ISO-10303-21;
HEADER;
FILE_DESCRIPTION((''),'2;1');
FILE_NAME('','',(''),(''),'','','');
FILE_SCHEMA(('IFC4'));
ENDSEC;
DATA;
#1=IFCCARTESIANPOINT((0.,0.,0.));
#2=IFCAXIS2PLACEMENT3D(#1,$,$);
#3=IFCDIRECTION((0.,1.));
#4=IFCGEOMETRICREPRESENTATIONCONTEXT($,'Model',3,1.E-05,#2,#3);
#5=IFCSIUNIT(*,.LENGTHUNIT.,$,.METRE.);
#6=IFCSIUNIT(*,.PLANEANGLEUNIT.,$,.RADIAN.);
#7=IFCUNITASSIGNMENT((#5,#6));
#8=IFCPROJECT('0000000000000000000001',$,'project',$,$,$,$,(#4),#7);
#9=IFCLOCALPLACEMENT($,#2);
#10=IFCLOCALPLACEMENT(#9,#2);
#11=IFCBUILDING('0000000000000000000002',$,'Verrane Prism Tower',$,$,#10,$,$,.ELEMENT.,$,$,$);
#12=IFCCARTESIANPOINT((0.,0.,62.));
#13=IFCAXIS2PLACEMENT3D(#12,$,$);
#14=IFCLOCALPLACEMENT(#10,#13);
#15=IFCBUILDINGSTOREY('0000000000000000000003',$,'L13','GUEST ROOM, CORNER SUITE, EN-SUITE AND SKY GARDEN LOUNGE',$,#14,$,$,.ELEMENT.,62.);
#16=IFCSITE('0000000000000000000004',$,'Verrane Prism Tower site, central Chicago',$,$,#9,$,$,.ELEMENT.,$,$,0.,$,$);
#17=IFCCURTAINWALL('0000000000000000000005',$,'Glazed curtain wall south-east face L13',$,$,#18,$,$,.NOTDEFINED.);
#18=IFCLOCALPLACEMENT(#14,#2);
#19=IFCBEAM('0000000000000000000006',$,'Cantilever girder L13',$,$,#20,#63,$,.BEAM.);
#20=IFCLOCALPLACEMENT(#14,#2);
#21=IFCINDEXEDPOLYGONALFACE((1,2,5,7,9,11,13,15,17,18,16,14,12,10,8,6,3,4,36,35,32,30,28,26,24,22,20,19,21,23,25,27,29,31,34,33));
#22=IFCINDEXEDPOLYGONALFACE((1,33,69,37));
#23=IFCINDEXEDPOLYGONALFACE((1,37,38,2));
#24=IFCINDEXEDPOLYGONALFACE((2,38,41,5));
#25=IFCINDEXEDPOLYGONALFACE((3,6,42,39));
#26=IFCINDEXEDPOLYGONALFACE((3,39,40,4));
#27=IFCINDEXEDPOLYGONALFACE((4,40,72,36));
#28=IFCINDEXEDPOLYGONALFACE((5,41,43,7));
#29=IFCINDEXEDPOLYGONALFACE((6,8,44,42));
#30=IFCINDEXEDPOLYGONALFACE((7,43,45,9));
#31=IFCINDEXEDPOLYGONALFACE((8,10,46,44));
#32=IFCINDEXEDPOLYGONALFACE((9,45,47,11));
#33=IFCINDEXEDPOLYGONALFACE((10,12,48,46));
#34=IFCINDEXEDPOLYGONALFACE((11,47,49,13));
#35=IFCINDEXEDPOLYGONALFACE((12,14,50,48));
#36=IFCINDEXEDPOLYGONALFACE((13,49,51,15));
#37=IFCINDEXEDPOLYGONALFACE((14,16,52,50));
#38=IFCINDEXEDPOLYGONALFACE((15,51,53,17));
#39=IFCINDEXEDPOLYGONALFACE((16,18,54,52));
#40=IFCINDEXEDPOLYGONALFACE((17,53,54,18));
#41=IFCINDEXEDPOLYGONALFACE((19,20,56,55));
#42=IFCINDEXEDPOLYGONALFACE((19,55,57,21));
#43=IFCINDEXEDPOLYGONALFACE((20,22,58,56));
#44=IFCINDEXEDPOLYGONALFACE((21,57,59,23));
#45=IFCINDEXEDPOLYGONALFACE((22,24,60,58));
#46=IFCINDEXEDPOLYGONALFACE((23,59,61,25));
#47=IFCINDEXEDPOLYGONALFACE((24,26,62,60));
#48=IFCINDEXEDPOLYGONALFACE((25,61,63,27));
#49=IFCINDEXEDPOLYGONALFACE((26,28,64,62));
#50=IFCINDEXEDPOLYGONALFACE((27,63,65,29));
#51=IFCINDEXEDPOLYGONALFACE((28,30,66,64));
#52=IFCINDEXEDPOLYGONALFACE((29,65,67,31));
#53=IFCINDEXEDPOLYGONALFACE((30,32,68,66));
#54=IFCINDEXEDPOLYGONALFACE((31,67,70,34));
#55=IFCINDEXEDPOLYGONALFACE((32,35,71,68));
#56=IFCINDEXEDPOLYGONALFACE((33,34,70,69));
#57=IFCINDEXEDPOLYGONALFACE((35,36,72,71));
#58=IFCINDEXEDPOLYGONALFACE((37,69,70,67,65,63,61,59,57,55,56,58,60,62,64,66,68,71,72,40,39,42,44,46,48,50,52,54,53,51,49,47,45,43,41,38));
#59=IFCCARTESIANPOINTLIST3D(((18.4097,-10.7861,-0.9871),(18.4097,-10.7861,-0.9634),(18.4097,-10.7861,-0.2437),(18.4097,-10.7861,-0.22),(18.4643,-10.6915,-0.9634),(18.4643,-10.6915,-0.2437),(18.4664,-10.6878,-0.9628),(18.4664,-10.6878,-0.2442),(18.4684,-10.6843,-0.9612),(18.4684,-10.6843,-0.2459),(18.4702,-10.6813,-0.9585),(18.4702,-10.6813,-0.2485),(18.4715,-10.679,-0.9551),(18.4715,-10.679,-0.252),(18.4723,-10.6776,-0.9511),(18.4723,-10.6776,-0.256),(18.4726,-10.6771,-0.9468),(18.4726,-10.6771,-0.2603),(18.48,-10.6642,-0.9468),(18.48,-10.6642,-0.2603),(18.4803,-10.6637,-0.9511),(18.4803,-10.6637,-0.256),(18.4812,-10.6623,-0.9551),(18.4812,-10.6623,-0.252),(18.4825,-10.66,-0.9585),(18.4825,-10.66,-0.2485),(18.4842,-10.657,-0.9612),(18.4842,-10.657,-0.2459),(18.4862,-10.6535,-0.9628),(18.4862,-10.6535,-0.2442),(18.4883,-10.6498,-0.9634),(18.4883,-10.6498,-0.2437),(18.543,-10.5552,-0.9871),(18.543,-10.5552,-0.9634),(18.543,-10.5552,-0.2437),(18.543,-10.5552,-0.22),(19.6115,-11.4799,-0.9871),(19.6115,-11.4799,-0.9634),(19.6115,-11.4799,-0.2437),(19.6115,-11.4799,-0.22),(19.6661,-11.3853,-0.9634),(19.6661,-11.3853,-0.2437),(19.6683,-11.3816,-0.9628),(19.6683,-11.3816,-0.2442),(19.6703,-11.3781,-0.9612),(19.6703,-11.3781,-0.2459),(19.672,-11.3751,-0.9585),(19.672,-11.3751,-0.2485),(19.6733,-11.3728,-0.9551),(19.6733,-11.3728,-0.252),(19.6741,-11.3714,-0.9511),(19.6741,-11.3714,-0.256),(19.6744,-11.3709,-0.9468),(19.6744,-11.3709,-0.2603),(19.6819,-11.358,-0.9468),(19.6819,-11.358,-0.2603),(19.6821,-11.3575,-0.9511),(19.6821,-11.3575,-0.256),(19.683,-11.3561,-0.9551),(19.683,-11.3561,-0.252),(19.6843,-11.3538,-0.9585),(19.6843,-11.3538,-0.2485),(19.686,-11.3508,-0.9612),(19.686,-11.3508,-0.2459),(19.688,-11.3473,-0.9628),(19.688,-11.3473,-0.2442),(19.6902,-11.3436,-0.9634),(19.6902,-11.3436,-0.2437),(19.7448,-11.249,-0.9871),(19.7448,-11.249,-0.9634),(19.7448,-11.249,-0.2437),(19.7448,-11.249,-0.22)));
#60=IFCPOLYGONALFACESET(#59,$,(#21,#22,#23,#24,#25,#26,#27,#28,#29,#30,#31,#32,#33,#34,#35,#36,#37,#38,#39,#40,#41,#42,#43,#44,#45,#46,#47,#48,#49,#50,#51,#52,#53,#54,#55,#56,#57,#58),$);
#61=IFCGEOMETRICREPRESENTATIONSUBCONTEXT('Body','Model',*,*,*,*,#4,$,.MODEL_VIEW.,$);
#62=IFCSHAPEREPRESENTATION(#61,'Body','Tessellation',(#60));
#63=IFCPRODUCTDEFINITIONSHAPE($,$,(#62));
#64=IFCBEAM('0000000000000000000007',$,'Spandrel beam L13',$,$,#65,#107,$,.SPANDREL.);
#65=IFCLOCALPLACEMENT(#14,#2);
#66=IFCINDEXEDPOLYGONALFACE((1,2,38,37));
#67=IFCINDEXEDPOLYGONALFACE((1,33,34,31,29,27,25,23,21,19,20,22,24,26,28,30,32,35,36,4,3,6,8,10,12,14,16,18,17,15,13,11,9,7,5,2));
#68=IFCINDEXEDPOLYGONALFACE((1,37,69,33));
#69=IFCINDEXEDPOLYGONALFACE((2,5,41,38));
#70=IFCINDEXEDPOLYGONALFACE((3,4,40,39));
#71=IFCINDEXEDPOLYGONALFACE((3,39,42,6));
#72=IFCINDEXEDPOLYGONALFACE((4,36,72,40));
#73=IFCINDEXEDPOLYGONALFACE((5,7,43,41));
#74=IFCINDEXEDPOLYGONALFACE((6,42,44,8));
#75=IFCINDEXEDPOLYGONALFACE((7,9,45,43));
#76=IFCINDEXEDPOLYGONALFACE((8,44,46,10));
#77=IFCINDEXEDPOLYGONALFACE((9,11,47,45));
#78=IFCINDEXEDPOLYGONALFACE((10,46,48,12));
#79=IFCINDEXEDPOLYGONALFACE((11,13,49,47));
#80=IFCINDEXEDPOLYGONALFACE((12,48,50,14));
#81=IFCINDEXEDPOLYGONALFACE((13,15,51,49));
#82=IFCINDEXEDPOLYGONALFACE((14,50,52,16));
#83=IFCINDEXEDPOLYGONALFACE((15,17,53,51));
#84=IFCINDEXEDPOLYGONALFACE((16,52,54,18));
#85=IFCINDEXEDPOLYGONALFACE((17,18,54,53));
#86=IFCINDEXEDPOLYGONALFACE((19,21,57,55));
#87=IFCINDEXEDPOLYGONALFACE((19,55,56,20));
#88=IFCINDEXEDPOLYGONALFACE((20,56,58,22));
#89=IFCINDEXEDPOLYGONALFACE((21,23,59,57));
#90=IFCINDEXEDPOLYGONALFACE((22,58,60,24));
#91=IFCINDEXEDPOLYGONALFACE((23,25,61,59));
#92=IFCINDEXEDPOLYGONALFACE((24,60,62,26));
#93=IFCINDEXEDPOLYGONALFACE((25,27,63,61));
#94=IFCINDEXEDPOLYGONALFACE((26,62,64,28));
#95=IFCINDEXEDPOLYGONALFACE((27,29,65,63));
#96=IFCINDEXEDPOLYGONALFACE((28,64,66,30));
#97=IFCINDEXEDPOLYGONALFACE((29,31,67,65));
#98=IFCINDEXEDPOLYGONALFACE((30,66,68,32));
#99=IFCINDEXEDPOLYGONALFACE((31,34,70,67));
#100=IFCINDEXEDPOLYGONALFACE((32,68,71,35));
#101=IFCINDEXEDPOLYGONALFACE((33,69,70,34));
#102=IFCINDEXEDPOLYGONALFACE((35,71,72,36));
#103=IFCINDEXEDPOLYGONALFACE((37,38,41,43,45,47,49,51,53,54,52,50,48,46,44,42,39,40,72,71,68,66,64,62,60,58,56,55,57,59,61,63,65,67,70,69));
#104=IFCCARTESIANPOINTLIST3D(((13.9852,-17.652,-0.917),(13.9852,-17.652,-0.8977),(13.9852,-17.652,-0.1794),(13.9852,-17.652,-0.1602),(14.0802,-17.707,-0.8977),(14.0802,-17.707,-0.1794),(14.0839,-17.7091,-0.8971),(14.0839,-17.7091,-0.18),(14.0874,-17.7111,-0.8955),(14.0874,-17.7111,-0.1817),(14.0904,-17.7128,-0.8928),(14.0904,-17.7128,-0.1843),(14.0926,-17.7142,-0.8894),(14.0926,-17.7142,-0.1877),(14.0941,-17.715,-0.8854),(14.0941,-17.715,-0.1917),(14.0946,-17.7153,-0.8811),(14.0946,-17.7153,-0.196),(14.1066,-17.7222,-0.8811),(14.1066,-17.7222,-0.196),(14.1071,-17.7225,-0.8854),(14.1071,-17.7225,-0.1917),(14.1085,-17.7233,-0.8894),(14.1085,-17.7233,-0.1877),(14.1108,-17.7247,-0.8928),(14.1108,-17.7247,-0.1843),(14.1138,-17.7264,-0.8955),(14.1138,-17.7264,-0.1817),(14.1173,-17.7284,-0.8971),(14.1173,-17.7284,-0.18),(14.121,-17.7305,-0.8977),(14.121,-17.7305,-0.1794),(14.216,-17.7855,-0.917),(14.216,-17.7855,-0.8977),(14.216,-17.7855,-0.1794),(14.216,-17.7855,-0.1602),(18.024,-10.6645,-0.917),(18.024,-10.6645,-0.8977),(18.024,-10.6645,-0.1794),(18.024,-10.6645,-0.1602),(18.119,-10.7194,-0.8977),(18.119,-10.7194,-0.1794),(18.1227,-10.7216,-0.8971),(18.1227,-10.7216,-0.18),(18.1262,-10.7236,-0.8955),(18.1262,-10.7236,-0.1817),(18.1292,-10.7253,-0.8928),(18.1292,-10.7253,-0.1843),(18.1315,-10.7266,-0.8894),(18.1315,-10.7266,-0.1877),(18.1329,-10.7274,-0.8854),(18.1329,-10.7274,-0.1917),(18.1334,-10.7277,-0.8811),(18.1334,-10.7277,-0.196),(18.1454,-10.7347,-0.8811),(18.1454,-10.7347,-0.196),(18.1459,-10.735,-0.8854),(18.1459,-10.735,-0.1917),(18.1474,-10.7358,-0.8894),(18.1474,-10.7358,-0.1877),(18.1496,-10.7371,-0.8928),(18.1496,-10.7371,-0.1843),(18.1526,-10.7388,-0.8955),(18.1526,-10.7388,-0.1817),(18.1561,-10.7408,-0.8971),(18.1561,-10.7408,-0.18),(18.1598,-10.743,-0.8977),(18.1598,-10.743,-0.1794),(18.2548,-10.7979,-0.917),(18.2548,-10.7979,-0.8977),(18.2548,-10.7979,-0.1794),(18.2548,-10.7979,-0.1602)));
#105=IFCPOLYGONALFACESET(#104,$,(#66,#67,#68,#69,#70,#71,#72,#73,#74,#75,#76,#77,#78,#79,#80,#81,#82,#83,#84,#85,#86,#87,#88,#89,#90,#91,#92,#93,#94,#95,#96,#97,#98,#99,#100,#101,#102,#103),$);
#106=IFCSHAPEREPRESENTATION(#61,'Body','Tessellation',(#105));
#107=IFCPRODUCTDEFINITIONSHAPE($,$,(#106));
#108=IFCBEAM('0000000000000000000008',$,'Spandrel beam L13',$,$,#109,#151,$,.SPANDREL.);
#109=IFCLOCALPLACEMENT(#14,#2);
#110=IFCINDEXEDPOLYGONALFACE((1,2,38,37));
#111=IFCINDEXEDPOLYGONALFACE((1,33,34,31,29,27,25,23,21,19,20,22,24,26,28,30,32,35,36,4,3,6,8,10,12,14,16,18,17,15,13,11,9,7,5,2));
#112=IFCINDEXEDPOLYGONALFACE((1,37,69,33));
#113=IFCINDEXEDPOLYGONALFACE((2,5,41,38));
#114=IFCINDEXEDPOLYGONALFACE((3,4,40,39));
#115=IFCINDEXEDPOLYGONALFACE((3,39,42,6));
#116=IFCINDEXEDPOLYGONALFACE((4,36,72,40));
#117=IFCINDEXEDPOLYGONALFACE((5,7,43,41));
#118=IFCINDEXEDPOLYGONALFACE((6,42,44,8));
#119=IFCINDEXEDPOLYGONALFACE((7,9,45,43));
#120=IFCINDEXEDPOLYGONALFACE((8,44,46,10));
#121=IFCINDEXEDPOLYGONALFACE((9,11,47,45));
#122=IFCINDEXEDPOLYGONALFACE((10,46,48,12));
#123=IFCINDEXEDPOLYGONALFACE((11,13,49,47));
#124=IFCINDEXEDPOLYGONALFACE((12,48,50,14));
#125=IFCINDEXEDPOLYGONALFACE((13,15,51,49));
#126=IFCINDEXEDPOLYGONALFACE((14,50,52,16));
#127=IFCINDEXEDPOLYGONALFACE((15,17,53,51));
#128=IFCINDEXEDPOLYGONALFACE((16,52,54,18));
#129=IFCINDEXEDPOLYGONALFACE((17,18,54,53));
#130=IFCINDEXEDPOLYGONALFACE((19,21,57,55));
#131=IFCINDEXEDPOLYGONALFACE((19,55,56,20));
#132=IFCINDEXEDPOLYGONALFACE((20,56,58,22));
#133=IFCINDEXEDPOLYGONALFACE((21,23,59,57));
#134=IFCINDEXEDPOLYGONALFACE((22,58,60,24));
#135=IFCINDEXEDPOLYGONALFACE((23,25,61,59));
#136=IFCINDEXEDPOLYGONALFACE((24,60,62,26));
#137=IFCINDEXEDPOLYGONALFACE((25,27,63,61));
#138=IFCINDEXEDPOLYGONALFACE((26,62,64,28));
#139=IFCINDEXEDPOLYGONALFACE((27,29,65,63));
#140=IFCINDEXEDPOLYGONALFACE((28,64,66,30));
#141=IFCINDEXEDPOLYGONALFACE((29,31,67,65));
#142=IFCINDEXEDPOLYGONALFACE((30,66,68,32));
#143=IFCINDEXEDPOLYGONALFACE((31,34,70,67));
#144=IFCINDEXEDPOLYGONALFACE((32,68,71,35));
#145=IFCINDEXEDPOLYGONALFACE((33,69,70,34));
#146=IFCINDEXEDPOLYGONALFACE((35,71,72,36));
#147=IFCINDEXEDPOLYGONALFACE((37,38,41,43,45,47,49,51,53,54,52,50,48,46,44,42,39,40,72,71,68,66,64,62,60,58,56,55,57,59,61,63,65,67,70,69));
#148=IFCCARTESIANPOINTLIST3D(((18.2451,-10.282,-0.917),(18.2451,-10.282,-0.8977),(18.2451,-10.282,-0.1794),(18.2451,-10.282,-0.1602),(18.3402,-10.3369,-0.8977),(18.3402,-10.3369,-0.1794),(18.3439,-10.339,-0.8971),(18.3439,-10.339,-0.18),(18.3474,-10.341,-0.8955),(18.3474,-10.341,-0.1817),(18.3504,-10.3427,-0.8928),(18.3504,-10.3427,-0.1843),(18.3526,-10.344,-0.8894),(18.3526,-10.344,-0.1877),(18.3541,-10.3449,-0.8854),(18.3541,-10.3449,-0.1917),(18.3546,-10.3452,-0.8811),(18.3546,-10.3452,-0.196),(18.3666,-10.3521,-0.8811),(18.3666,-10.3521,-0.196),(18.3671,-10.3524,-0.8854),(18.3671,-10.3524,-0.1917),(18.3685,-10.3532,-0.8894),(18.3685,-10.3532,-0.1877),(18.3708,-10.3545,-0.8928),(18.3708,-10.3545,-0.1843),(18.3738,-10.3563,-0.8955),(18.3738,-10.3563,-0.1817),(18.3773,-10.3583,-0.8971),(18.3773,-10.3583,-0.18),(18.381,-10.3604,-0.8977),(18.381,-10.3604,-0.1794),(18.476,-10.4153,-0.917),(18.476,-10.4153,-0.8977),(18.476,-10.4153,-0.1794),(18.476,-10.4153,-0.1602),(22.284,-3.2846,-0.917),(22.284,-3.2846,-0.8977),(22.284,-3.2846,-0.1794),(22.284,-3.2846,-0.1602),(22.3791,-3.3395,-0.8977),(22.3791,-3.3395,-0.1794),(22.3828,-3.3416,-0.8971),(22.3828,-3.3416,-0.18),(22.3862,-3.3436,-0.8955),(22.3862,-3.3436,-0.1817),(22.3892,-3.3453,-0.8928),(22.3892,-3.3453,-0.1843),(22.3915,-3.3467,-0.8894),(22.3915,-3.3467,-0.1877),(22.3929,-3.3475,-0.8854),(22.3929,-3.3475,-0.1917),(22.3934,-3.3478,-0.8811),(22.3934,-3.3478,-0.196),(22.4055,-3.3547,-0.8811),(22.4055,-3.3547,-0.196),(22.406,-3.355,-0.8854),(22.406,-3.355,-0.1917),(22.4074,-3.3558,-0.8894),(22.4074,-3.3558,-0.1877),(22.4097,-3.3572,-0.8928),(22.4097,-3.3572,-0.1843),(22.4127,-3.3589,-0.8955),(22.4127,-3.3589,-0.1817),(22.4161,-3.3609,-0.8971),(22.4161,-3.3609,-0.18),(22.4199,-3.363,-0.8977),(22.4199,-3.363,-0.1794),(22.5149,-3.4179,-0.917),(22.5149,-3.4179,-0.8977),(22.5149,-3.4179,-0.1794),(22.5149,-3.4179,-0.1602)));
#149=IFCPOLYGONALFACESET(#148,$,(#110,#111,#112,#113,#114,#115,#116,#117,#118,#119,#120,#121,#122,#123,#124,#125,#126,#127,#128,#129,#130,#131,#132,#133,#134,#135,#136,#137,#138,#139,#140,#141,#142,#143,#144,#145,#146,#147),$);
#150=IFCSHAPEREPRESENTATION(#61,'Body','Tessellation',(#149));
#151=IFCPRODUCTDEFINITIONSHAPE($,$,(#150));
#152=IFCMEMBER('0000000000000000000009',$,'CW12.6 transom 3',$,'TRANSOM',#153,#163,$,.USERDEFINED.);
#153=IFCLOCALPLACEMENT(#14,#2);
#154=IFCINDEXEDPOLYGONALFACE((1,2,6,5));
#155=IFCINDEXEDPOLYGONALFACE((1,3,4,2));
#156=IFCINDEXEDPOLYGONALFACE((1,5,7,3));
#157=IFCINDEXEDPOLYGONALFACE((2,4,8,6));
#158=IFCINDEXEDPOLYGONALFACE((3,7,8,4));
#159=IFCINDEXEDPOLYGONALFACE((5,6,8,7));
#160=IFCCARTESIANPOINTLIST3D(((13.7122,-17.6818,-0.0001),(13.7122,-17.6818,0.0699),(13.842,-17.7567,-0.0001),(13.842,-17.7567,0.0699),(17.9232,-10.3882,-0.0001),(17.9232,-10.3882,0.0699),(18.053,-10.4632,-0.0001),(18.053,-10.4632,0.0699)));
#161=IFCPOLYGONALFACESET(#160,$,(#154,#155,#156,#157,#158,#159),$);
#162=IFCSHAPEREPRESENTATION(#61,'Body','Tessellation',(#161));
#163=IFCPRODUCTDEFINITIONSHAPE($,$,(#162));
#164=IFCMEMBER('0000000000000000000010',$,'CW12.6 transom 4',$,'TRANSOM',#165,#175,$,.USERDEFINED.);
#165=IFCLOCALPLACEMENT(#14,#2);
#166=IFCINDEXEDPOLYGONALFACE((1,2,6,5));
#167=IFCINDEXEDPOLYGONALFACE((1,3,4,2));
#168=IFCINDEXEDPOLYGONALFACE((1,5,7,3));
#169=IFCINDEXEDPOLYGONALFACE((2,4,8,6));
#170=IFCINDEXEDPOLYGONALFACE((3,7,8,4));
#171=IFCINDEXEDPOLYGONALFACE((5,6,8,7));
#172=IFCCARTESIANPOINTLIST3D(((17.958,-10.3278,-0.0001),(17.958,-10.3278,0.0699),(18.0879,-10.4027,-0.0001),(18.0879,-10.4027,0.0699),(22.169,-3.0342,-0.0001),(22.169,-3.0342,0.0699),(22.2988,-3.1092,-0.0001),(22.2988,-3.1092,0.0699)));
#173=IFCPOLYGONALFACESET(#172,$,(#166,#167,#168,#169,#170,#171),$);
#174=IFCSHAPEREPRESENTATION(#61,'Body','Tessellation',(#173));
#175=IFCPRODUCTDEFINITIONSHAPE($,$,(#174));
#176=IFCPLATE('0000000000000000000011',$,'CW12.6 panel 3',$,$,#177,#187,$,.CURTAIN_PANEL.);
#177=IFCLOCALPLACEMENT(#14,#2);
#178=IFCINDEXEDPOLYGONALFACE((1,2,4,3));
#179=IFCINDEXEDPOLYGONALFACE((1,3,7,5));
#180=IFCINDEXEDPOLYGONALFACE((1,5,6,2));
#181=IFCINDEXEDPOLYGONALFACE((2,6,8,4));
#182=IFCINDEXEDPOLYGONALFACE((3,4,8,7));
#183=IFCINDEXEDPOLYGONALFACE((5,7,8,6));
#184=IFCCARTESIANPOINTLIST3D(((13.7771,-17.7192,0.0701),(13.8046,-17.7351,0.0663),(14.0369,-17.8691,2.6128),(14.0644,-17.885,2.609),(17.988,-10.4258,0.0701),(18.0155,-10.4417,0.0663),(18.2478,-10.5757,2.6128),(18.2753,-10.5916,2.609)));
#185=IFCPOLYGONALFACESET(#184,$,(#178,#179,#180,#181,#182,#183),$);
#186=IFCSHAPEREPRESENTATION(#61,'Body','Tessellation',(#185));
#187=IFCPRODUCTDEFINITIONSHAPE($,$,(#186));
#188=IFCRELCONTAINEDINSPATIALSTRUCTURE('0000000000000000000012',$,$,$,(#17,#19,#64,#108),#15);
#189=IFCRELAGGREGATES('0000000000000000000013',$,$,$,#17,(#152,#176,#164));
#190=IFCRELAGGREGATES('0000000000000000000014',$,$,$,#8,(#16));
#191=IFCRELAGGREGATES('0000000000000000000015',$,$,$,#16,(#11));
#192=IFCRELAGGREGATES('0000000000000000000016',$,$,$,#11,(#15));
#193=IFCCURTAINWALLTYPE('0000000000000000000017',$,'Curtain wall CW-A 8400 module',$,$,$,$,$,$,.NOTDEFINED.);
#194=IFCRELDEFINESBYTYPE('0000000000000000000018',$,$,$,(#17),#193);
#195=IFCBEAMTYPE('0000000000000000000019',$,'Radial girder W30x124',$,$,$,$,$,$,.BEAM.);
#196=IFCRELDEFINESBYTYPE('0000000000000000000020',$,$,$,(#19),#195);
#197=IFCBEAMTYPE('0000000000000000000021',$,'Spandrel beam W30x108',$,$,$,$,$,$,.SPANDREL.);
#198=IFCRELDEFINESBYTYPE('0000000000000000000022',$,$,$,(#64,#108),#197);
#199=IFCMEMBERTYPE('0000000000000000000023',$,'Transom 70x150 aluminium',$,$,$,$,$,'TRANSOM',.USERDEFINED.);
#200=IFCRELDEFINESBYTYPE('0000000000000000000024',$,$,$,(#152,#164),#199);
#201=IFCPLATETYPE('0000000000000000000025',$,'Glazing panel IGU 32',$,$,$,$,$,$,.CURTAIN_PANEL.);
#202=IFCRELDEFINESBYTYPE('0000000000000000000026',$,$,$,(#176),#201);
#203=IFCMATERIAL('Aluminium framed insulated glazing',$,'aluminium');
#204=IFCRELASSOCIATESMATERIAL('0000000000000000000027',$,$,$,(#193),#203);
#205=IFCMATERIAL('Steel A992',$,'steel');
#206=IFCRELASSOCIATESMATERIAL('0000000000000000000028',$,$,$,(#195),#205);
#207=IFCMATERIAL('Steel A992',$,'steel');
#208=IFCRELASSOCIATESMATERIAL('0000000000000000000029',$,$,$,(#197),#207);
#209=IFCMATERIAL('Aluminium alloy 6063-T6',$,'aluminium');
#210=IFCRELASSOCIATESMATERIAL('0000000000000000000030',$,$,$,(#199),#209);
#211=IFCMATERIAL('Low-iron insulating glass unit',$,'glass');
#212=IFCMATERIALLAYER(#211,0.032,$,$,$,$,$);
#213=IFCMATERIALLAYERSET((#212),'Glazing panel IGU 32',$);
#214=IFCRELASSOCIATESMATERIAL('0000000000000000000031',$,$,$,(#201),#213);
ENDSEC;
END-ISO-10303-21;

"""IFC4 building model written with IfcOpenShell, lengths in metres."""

from ifc_helpers import new_model, si_unit, direction, frame, origin, origin_2d, place, context, subcontext, project, spatial, polyline, rectangle, i_section, outline, extrude, material, layer, layer_set, material_profile, profile_set, type_object, element, aggregate, save


model = new_model("IFC4")

# Units and contexts
model_context = context("Model", 3, precision=1e-05, world=origin(), true_north=direction((0.0, 1.0)))
body_context = subcontext(model_context, "Body", "Model", "MODEL_VIEW")
ifc_project = project(units=[si_unit("LENGTHUNIT", "METRE"), si_unit("PLANEANGLEUNIT", "RADIAN")], contexts=[model_context])

# Site, building, storey
site_placement = place(None, origin())
site = spatial("IfcSite", under=ifc_project, at=site_placement, Name="Verrane Prism Tower site, central Chicago", CompositionType="ELEMENT", RefElevation=0.0)
building_placement = place(site_placement, origin())
building = spatial("IfcBuilding", under=site, at=building_placement, Name="Verrane Prism Tower", CompositionType="ELEMENT")
storey_placement = place(building_placement, frame((0.0, 0.0, 62.0)))
storey = spatial("IfcBuildingStorey", under=building, at=storey_placement, Name="L13", Description="GUEST ROOM, CORNER SUITE, EN-SUITE AND SKY GARDEN LOUNGE", CompositionType="ELEMENT", Elevation=62.0)

# Curtain wall
ifc_material_1 = material(Name="Aluminium framed insulated glazing", Category="aluminium")
curtain_wall_type = type_object("IfcCurtainWallType", Name="Curtain wall CW-A 8400 module", PredefinedType="NOTDEFINED", material=ifc_material_1)
curtain_wall_placement = place(storey_placement, origin())
curtain_wall = element("IfcCurtainWall", 1, at=curtain_wall_placement, inside=storey, type_object=curtain_wall_type, Name="Glazed curtain wall south-east face L13", PredefinedType="NOTDEFINED")

# Beams
ifc_material_2 = material(Name="Steel A992", Category="steel")
ifc_material_profile_1 = material_profile(ifc_material_2, i_section(OverallWidth=0.2666, OverallDepth=0.7671, WebThickness=0.0149, FlangeThickness=0.0237, FilletRadius=0.0166, at=origin_2d()), Name="W30x124")
ifc_profile_set_1 = profile_set([ifc_material_profile_1], Name="Steel A992")
beam_type_1 = type_object("IfcBeamType", Name="Radial girder W30x124", PredefinedType="BEAM", material=ifc_profile_set_1)
beam_1_placement = place(storey_placement, frame((18.4763, -10.6707, -0.6035), z_axis=(0.866048, -0.499961, 0.0), x_axis=(0.499961, 0.866048, 0.0)))
element("IfcBeam", 2, at=beam_1_placement, inside=storey, type_object=beam_type_1, Name="Cantilever girder L13", PredefinedType="BEAM", context=body_context, shape_type="SweptSolid", body=[
    extrude(i_section(OverallWidth=0.2666, OverallDepth=0.7671, WebThickness=0.0149, FlangeThickness=0.0237, FilletRadius=0.0166, at=origin_2d()), origin(), (0.0, 0.0, 1.0), 1.3877),
])
ifc_material_3 = material(Name="Steel A992", Category="steel")
ifc_material_profile_2 = material_profile(ifc_material_3, i_section(OverallWidth=0.2666, OverallDepth=0.7568, WebThickness=0.0139, FlangeThickness=0.0193, FilletRadius=0.0166, at=origin_2d()), Name="W30x108")
ifc_profile_set_2 = profile_set([ifc_material_profile_2], Name="Steel A992")
beam_type_2 = type_object("IfcBeamType", Name="Spandrel beam W30x108", PredefinedType="SPANDREL", material=ifc_profile_set_2)
beam_2_placement = place(storey_placement, frame((14.1006, -17.7188, -0.5386), z_axis=(0.500423, 0.865781, 0.0), x_axis=(-0.865781, 0.500423, 0.0)))
element("IfcBeam", 3, at=beam_2_placement, inside=storey, type_object=beam_type_2, Name="Spandrel beam L13", PredefinedType="SPANDREL", context=body_context, shape_type="SweptSolid", body=[
    extrude(i_section(OverallWidth=0.2666, OverallDepth=0.7568, WebThickness=0.0139, FlangeThickness=0.0193, FilletRadius=0.0166, at=origin_2d()), origin(), (0.0, 0.0, 1.0), 8.0708),
])
beam_3_placement = place(storey_placement, frame((18.3606, -10.3486, -0.5386), z_axis=(0.499899, 0.866083, 0.0), x_axis=(-0.866083, 0.499899, 0.0)))
element("IfcBeam", 4, at=beam_3_placement, inside=storey, type_object=beam_type_2, Name="Spandrel beam L13", PredefinedType="SPANDREL", context=body_context, shape_type="SweptSolid", body=[
    extrude(i_section(OverallWidth=0.2666, OverallDepth=0.7568, WebThickness=0.0139, FlangeThickness=0.0193, FilletRadius=0.0166, at=origin_2d()), origin(), (0.0, 0.0, 1.0), 8.0793),
])

# Members
ifc_material_4 = material(Name="Aluminium alloy 6063-T6", Category="aluminium")
ifc_material_profile_3 = material_profile(ifc_material_4, rectangle(XDim=0.1499, YDim=0.0701, at=origin_2d()), Name="Transom 70x150 aluminium")
ifc_profile_set_3 = profile_set([ifc_material_profile_3], Name="Aluminium alloy 6063-T6")
member_type_1 = type_object("IfcMemberType", Name="Transom 70x150 aluminium", ElementType="TRANSOM", PredefinedType="USERDEFINED", material=ifc_profile_set_3)
member_1_placement = place(storey_placement, frame((13.7771, -17.7192, 0.0349), z_axis=(0.500005, 0.866022, 0.0), x_axis=(-0.866022, 0.500005, 0.0)))
member_1 = element("IfcMember", 5, at=member_1_placement, type_object=member_type_1, Name="CW12.6 transom 3", ObjectType="TRANSOM", PredefinedType="USERDEFINED", context=body_context, shape_type="SweptSolid", body=[
    extrude(rectangle(XDim=0.1499, YDim=0.0701, at=origin_2d()), origin(), (0.0, 0.0, 1.0), 8.4219),
])
member_2_placement = place(storey_placement, frame((18.0229, -10.3652, 0.0349), z_axis=(0.500005, 0.866022, 0.0), x_axis=(-0.866022, 0.500005, 0.0)))
member_2 = element("IfcMember", 6, at=member_2_placement, type_object=member_type_1, Name="CW12.6 transom 4", ObjectType="TRANSOM", PredefinedType="USERDEFINED", context=body_context, shape_type="SweptSolid", body=[
    extrude(rectangle(XDim=0.1499, YDim=0.0701, at=origin_2d()), origin(), (0.0, 0.0, 1.0), 8.4219),
])

# Plate
ifc_material_5 = material(Name="Low-iron insulating glass unit", Category="glass")
ifc_layer_1 = layer(ifc_material_5, 0.032)
ifc_layer_set_1 = layer_set([ifc_layer_1], Name="Glazing panel IGU 32")
plate_type = type_object("IfcPlateType", Name="Glazing panel IGU 32", PredefinedType="CURTAIN_PANEL", material=ifc_layer_set_1)
plate_1_placement = place(storey_placement, frame((13.7771, -17.7192, 0.0701), z_axis=(-0.86006, 0.496563, 0.117138), x_axis=(0.500005, 0.866022, 0.0)))
plate_1 = element("IfcPlate", 7, at=plate_1_placement, type_object=plate_type, Name="CW12.6 panel 3", PredefinedType="CURTAIN_PANEL", context=body_context, shape_type="SweptSolid", body=[
    extrude(outline(polyline([(0.0, 0.0), (8.4218, 0.0), (8.4219, -2.5604), (0.0001, -2.5604), (0.0, 0.0)])), origin(), (0.0, 0.0, -1.0), 0.032),
])
aggregate(curtain_wall, [member_1, plate_1, member_2])

save(model, "model.ifc")
